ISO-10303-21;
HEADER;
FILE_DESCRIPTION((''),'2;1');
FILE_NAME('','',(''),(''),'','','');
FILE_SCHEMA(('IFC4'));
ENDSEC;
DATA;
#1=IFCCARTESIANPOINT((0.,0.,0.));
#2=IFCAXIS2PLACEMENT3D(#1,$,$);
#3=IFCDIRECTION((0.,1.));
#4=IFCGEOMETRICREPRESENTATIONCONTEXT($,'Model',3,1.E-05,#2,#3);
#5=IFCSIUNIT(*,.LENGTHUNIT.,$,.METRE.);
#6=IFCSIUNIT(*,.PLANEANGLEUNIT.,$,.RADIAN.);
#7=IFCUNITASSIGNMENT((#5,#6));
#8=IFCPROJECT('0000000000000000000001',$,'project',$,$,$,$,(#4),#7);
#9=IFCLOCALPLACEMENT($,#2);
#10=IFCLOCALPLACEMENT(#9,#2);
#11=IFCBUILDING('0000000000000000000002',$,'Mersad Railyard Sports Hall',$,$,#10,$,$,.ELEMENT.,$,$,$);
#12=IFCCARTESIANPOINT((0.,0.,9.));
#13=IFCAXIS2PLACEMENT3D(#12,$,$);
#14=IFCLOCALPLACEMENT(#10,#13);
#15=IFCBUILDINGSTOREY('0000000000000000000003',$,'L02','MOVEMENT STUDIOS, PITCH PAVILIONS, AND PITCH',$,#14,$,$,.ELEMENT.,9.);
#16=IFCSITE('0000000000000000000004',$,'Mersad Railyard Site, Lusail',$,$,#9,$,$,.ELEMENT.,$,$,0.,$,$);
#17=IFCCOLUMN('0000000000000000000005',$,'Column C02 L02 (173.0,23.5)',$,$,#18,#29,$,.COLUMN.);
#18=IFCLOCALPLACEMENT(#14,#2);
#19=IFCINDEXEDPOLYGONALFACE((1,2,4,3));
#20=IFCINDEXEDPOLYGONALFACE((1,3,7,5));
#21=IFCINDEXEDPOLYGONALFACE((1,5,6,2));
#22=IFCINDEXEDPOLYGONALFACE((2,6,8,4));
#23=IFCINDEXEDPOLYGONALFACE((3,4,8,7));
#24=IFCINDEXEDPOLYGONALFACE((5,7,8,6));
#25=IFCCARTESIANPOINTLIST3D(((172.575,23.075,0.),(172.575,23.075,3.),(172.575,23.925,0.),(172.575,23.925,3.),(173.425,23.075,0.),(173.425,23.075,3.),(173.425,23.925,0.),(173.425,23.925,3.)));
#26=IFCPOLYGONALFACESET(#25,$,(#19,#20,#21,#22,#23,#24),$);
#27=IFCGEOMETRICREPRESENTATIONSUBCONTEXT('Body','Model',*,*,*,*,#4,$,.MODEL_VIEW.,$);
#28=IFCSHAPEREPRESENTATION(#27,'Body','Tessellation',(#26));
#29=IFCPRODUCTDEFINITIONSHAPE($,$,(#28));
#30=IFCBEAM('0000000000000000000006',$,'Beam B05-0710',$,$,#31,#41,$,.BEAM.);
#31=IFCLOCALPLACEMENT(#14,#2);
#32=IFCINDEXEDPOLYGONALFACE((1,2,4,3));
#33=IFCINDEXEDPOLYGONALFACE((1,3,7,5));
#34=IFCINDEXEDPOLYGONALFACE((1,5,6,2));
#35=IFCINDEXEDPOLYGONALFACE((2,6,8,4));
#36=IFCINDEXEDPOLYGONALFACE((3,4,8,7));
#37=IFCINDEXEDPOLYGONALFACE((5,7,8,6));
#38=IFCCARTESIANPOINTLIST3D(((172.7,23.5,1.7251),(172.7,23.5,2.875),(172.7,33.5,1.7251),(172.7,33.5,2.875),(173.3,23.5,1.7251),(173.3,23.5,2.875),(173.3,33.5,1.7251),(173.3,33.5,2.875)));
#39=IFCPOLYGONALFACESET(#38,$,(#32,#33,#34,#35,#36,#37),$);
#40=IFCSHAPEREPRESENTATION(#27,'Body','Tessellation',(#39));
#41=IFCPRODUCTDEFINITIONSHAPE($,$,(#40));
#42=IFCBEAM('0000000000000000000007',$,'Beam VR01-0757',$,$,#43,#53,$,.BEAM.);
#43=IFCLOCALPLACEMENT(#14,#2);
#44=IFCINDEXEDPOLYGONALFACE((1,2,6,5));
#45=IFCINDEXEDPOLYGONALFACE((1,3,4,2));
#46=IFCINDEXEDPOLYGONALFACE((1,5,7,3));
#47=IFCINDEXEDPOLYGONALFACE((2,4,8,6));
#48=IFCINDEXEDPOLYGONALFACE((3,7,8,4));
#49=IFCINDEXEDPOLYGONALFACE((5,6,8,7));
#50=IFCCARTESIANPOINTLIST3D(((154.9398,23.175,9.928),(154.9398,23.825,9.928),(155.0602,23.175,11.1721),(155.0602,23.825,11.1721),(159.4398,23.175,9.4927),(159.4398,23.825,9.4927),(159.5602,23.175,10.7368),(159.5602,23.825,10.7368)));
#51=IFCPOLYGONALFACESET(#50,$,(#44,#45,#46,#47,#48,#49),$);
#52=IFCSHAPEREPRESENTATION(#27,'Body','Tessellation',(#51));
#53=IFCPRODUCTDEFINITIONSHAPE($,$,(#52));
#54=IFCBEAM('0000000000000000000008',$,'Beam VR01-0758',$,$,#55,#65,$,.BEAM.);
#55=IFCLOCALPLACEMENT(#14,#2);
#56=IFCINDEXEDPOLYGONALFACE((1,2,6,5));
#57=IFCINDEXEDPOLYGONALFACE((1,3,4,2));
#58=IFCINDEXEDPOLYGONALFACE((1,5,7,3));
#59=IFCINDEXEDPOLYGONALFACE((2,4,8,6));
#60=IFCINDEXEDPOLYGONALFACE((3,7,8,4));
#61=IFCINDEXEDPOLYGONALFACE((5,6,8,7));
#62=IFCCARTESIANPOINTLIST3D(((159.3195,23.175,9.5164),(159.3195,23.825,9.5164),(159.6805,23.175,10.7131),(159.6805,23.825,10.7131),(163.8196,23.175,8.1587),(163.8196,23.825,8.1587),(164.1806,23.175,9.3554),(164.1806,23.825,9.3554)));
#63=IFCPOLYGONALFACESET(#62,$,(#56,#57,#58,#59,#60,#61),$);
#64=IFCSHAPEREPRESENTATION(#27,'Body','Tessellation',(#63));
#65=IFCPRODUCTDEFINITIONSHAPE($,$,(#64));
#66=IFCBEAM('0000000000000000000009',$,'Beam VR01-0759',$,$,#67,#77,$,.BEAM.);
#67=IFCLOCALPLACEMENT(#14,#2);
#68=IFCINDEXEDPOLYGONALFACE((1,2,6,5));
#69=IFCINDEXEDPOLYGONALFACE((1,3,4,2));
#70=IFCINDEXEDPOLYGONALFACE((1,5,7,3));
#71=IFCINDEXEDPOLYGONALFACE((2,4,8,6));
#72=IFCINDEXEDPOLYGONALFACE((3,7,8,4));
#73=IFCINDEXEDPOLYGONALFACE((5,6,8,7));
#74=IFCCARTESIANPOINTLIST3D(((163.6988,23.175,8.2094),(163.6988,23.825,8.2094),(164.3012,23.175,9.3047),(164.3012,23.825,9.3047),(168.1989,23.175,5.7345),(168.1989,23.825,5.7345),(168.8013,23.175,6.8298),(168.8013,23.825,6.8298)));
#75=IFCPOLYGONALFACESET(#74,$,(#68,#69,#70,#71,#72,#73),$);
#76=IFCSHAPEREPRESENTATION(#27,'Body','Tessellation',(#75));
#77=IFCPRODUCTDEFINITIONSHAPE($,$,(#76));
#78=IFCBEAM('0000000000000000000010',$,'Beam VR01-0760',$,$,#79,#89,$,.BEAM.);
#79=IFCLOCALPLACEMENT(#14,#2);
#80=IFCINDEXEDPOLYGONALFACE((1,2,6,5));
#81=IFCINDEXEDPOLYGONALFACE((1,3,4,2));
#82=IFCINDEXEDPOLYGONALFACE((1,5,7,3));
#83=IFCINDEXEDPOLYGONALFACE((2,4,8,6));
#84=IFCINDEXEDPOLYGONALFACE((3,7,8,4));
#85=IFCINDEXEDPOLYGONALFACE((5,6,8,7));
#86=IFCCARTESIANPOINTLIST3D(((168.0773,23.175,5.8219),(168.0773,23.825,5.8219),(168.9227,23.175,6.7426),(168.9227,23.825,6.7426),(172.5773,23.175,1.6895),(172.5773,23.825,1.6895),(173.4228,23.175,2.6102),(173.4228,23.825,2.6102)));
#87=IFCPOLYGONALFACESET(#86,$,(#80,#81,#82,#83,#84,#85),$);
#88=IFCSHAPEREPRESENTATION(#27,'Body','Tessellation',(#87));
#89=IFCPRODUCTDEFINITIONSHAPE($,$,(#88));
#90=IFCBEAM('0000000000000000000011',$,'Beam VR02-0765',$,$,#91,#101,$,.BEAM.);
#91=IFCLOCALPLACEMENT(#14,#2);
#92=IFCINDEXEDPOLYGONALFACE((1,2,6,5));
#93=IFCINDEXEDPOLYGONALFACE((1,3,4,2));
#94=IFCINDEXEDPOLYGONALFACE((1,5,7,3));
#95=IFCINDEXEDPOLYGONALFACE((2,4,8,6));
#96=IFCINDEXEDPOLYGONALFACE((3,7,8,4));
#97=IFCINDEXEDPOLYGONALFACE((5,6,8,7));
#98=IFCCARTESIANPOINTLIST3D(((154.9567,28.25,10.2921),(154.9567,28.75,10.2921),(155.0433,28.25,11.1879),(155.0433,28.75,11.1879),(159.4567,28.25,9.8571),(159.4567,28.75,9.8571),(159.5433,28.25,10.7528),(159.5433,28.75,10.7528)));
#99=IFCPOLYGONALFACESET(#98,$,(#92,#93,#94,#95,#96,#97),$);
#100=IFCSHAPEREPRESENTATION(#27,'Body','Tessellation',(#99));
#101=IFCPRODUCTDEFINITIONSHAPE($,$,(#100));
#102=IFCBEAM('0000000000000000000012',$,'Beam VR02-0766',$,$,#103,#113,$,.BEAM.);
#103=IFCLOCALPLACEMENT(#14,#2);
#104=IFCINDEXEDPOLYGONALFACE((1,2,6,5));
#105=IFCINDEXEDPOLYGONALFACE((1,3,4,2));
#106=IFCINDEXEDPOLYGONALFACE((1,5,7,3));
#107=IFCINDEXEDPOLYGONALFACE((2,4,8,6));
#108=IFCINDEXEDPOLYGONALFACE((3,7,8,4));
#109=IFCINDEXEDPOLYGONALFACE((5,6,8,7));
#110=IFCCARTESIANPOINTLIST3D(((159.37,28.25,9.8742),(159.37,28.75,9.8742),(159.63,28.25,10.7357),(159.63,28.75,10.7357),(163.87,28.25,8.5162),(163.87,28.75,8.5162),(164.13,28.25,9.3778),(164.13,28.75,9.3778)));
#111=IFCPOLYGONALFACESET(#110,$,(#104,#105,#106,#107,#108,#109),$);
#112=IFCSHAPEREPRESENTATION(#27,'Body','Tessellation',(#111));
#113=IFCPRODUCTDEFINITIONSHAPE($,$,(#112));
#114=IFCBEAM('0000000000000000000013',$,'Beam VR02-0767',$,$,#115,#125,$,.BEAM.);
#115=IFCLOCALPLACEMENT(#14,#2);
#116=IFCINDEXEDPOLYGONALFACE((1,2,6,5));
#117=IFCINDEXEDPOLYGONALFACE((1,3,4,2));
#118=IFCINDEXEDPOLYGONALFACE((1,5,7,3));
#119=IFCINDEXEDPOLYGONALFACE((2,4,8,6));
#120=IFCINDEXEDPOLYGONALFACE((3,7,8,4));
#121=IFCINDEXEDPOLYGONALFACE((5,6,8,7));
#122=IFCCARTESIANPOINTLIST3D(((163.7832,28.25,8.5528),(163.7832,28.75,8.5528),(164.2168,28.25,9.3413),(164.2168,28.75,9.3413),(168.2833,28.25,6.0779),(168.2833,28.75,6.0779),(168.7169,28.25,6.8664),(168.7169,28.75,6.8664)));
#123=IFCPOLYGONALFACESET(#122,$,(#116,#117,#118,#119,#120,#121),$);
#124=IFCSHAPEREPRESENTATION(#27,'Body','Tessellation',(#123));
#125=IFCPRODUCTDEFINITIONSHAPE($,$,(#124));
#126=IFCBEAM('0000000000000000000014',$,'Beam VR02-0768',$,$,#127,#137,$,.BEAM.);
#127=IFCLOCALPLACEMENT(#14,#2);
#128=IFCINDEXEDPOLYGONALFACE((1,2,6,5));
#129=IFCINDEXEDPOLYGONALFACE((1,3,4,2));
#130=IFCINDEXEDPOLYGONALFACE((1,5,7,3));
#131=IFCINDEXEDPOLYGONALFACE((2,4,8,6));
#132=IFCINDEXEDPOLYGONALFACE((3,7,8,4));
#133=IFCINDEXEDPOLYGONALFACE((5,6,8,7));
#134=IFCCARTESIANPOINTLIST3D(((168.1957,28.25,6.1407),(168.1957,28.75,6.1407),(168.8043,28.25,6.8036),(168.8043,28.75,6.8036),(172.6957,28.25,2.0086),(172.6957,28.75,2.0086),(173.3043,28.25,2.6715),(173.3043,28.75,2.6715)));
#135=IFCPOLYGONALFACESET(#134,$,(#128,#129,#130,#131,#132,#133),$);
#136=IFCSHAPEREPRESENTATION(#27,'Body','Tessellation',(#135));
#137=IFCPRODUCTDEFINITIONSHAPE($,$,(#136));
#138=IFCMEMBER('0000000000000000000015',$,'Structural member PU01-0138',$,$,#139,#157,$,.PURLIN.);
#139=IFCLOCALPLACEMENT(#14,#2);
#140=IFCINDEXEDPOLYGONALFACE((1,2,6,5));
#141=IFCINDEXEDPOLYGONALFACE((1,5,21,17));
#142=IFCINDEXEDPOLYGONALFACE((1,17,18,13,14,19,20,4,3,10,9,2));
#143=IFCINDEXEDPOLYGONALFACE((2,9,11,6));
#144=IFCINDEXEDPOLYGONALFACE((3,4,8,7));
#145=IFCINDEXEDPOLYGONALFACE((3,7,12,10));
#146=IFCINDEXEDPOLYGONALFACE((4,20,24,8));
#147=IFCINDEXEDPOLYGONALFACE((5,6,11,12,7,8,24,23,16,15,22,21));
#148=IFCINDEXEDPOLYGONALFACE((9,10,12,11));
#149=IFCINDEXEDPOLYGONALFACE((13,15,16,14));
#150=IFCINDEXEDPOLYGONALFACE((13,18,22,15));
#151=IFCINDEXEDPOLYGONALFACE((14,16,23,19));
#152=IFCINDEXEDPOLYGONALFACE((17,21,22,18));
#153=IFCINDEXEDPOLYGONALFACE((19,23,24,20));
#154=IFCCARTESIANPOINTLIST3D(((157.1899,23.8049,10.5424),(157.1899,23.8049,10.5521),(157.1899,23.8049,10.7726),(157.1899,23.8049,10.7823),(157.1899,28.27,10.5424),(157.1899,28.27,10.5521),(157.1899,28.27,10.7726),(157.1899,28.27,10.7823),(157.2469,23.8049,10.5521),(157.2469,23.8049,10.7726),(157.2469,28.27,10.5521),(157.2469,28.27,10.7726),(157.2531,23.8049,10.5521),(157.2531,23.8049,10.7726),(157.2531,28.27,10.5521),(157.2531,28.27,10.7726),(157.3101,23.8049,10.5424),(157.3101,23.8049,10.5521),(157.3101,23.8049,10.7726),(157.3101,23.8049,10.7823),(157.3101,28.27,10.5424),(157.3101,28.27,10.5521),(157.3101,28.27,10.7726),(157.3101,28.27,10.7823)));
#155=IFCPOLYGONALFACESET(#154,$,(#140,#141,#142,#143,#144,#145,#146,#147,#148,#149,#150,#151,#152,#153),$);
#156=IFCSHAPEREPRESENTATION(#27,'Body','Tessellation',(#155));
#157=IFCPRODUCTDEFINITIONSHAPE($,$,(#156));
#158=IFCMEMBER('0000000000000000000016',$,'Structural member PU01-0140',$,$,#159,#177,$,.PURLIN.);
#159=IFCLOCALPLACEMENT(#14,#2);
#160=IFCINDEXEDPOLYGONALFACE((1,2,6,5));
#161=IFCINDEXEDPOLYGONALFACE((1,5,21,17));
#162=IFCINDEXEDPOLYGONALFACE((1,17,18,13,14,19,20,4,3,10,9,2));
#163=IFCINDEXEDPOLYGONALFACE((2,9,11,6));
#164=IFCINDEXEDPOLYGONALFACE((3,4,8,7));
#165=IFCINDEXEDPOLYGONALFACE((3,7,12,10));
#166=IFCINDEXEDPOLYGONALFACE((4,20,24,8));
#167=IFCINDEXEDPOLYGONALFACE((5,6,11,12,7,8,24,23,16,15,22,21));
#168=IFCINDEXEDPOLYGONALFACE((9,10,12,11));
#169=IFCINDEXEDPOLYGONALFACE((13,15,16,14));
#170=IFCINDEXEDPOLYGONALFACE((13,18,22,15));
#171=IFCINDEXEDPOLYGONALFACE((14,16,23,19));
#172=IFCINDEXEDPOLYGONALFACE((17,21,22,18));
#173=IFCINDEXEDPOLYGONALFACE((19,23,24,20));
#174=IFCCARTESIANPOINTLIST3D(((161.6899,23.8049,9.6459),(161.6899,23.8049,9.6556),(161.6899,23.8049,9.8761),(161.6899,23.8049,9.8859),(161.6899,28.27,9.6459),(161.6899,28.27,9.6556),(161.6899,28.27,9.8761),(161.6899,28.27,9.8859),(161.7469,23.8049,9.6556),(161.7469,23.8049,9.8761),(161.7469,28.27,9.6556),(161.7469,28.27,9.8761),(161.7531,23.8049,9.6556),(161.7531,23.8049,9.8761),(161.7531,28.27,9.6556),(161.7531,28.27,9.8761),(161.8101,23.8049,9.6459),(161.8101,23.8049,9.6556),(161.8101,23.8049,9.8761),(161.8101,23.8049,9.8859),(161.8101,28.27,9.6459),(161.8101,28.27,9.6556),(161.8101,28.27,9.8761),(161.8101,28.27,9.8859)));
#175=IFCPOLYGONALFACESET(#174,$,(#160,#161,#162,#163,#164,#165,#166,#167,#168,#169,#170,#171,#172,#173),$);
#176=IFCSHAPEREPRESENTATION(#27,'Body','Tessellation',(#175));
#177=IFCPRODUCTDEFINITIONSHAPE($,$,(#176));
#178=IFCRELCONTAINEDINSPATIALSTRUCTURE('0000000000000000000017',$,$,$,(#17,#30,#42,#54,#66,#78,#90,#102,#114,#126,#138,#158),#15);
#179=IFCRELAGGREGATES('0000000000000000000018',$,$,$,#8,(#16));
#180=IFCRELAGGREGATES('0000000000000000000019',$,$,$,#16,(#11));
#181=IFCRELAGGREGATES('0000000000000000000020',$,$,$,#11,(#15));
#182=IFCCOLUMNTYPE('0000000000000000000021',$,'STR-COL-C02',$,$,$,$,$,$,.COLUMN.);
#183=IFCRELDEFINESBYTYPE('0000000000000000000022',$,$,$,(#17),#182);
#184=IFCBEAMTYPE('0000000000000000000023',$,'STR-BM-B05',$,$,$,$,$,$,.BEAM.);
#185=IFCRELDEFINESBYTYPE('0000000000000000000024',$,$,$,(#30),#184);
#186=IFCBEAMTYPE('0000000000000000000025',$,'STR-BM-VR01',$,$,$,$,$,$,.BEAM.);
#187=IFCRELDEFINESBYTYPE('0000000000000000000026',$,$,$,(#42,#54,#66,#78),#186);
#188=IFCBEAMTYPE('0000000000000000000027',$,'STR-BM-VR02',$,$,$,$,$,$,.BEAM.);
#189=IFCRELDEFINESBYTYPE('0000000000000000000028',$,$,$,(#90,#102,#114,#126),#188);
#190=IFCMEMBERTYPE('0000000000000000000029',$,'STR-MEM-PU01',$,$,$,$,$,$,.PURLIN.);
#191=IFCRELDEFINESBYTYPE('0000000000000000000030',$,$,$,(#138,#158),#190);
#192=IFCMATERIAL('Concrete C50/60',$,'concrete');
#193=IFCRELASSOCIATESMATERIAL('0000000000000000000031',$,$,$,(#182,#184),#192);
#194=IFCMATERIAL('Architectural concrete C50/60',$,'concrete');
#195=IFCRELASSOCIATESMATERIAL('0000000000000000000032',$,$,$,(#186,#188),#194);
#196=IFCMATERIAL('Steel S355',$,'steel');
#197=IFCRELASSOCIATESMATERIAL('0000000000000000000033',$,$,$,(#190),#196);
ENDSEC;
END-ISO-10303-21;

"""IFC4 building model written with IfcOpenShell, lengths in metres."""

from ifc_helpers import new_model, si_unit, direction, frame, origin, origin_2d, place, context, subcontext, project, spatial, rectangle, i_section, extrude, material, material_profile, profile_set, type_object, element, save


model = new_model("IFC4")

# Units and contexts
model_context = context("Model", 3, precision=1e-05, world=origin(), true_north=direction((0.0, 1.0)))
body_context = subcontext(model_context, "Body", "Model", "MODEL_VIEW")
ifc_project = project(units=[si_unit("LENGTHUNIT", "METRE"), si_unit("PLANEANGLEUNIT", "RADIAN")], contexts=[model_context])

# Site, building, storey
site_placement = place(None, origin())
site = spatial("IfcSite", under=ifc_project, at=site_placement, Name="Mersad Railyard Site, Lusail", CompositionType="ELEMENT", RefElevation=0.0)
building_placement = place(site_placement, origin())
building = spatial("IfcBuilding", under=site, at=building_placement, Name="Mersad Railyard Sports Hall", CompositionType="ELEMENT")
storey_placement = place(building_placement, frame((0.0, 0.0, 9.0)))
storey = spatial("IfcBuildingStorey", under=building, at=storey_placement, Name="L02", Description="MOVEMENT STUDIOS, PITCH PAVILIONS, AND PITCH", CompositionType="ELEMENT", Elevation=9.0)

# Column
ifc_material_1 = material(Name="Concrete C50/60", Category="concrete")
ifc_material_profile_1 = material_profile(ifc_material_1, rectangle(XDim=0.8501, YDim=0.8501, at=origin_2d()), Name="RC 850x850")
ifc_profile_set_1 = profile_set([ifc_material_profile_1], Name="Concrete C50/60")
column_type = type_object("IfcColumnType", Name="STR-COL-C02", PredefinedType="COLUMN", material=ifc_profile_set_1)
column_placement = place(storey_placement, frame((173.0, 23.5, 0.0), z_axis=(0.0, 0.0, 1.0), x_axis=(1.0, 0.0, 0.0)))
element("IfcColumn", 1, at=column_placement, inside=storey, type_object=column_type, Name="Column C02 L02 (173.0,23.5)", PredefinedType="COLUMN", context=body_context, shape_type="SweptSolid", body=[
    extrude(rectangle(XDim=0.8501, YDim=0.8501, at=origin_2d()), origin(), (0.0, 0.0, 1.0), 3.0),
])

# Beams
ifc_material_profile_2 = material_profile(ifc_material_1, rectangle(XDim=0.6001, YDim=1.1499, at=origin_2d()), Name="RC 600x1150")
ifc_profile_set_2 = profile_set([ifc_material_profile_2], Name="Concrete C50/60")
beam_type_1 = type_object("IfcBeamType", Name="STR-BM-B05", PredefinedType="BEAM", material=ifc_profile_set_2)
beam_1_placement = place(storey_placement, frame((173.0, 23.5, 2.3), z_axis=(0.0, 1.0, 0.0), x_axis=(-1.0, 0.0, 0.0)))
element("IfcBeam", 2, at=beam_1_placement, inside=storey, type_object=beam_type_1, Name="Beam B05-0710", PredefinedType="BEAM", context=body_context, shape_type="SweptSolid", body=[
    extrude(rectangle(XDim=0.6001, YDim=1.1499, at=origin_2d()), origin(), (0.0, 0.0, 1.0), 10.0),
])
ifc_material_2 = material(Name="Architectural concrete C50/60", Category="concrete")
ifc_material_profile_3 = material_profile(ifc_material_2, rectangle(XDim=0.6499, YDim=1.25, at=origin_2d()), Name="VR 650x1250")
ifc_profile_set_3 = profile_set([ifc_material_profile_3], Name="Architectural concrete C50/60")
beam_type_2 = type_object("IfcBeamType", Name="STR-BM-VR01", PredefinedType="BEAM", material=ifc_profile_set_3)
beam_2_placement = place(storey_placement, frame((155.0, 23.5, 10.55), z_axis=(0.995354, 0.0, -0.096285), x_axis=(0.0, 1.0, 0.0)))
element("IfcBeam", 3, at=beam_2_placement, inside=storey, type_object=beam_type_2, Name="Beam VR01-0757", PredefinedType="BEAM", context=body_context, shape_type="SweptSolid", body=[
    extrude(rectangle(XDim=0.6499, YDim=1.25, at=origin_2d()), origin(), (0.0, 0.0, 1.0), 4.521),
])
beam_3_placement = place(storey_placement, frame((159.5, 23.5, 10.1147), z_axis=(0.957376, 0.0, -0.288844), x_axis=(0.0, 1.0, 0.0)))
element("IfcBeam", 4, at=beam_3_placement, inside=storey, type_object=beam_type_2, Name="Beam VR01-0758", PredefinedType="BEAM", context=body_context, shape_type="SweptSolid", body=[
    extrude(rectangle(XDim=0.6499, YDim=1.25, at=origin_2d()), origin(), (0.0, 0.0, 1.0), 4.7004),
])
beam_4_placement = place(storey_placement, frame((164.0, 23.5, 8.7571), z_axis=(0.876228, 0.0, -0.481897), x_axis=(0.0, 1.0, 0.0)))
element("IfcBeam", 5, at=beam_4_placement, inside=storey, type_object=beam_type_2, Name="Beam VR01-0759", PredefinedType="BEAM", context=body_context, shape_type="SweptSolid", body=[
    extrude(rectangle(XDim=0.6499, YDim=1.25, at=origin_2d()), origin(), (0.0, 0.0, 1.0), 5.1357),
])
beam_5_placement = place(storey_placement, frame((168.5, 23.5, 6.2822), z_axis=(0.736557, 0.0, -0.676376), x_axis=(0.0, 1.0, 0.0)))
element("IfcBeam", 6, at=beam_5_placement, inside=storey, type_object=beam_type_2, Name="Beam VR01-0760", PredefinedType="BEAM", context=body_context, shape_type="SweptSolid", body=[
    extrude(rectangle(XDim=0.6499, YDim=1.25, at=origin_2d()), origin(), (0.0, 0.0, 1.0), 6.1096),
])
ifc_material_profile_4 = material_profile(ifc_material_2, rectangle(XDim=0.5, YDim=0.8999, at=origin_2d()), Name="VR 500x900")
ifc_profile_set_4 = profile_set([ifc_material_profile_4], Name="Architectural concrete C50/60")
beam_type_3 = type_object("IfcBeamType", Name="STR-BM-VR02", PredefinedType="BEAM", material=ifc_profile_set_4)
beam_6_placement = place(storey_placement, frame((155.0, 28.5, 10.74), z_axis=(0.995359, 0.0, -0.096231), x_axis=(0.0, 1.0, 0.0)))
element("IfcBeam", 7, at=beam_6_placement, inside=storey, type_object=beam_type_3, Name="Beam VR02-0765", PredefinedType="BEAM", context=body_context, shape_type="SweptSolid", body=[
    extrude(rectangle(XDim=0.5, YDim=0.8999, at=origin_2d()), origin(), (0.0, 0.0, 1.0), 4.521),
])
beam_7_placement = place(storey_placement, frame((159.5, 28.5, 10.3049), z_axis=(0.957362, 0.0, -0.288891), x_axis=(0.0, 1.0, 0.0)))
element("IfcBeam", 8, at=beam_7_placement, inside=storey, type_object=beam_type_3, Name="Beam VR02-0766", PredefinedType="BEAM", context=body_context, shape_type="SweptSolid", body=[
    extrude(rectangle(XDim=0.5, YDim=0.8999, at=origin_2d()), origin(), (0.0, 0.0, 1.0), 4.7004),
])
beam_8_placement = place(storey_placement, frame((164.0, 28.5, 8.947), z_axis=(0.876228, 0.0, -0.481897), x_axis=(0.0, 1.0, 0.0)))
element("IfcBeam", 9, at=beam_8_placement, inside=storey, type_object=beam_type_3, Name="Beam VR02-0767", PredefinedType="BEAM", context=body_context, shape_type="SweptSolid", body=[
    extrude(rectangle(XDim=0.5, YDim=0.8999, at=origin_2d()), origin(), (0.0, 0.0, 1.0), 5.1357),
])
beam_9_placement = place(storey_placement, frame((168.5, 28.5, 6.4722), z_axis=(0.736577, 0.0, -0.676354), x_axis=(0.0, 1.0, 0.0)))
element("IfcBeam", 10, at=beam_9_placement, inside=storey, type_object=beam_type_3, Name="Beam VR02-0768", PredefinedType="BEAM", context=body_context, shape_type="SweptSolid", body=[
    extrude(rectangle(XDim=0.5, YDim=0.8999, at=origin_2d()), origin(), (0.0, 0.0, 1.0), 6.1094),
])

# Members
ifc_material_3 = material(Name="Steel S355", Category="steel")
ifc_material_profile_5 = material_profile(ifc_material_3, i_section(OverallWidth=0.1201, OverallDepth=0.24, WebThickness=0.0061, FlangeThickness=0.0098, at=origin_2d()), Name="IPE 240")
ifc_profile_set_5 = profile_set([ifc_material_profile_5], Name="Steel S355")
member_type_1 = type_object("IfcMemberType", Name="STR-MEM-PU01", PredefinedType="PURLIN", material=ifc_profile_set_5)
for number, where, z_axis, x_axis, name in (
    (11, (157.25, 23.8049, 10.6624), (0.0, 1.0, 0.0), (-1.0, 0.0, 0.0), "Structural member PU01-0138"),
    (12, (161.75, 23.8049, 9.7659), (0.0, 1.0, 0.0), (-1.0, 0.0, 0.0), "Structural member PU01-0140"),
):
    element("IfcMember", number, at=place(storey_placement, frame(where, z_axis=z_axis, x_axis=x_axis)), inside=storey, type_object=member_type_1, Name=name, PredefinedType="PURLIN", context=body_context, shape_type="SweptSolid", body=[
        extrude(i_section(OverallWidth=0.1201, OverallDepth=0.24, WebThickness=0.0061, FlangeThickness=0.0098, at=origin_2d()), origin(), (0.0, 0.0, 1.0), 4.4651),
    ])

save(model, "model.ifc")
